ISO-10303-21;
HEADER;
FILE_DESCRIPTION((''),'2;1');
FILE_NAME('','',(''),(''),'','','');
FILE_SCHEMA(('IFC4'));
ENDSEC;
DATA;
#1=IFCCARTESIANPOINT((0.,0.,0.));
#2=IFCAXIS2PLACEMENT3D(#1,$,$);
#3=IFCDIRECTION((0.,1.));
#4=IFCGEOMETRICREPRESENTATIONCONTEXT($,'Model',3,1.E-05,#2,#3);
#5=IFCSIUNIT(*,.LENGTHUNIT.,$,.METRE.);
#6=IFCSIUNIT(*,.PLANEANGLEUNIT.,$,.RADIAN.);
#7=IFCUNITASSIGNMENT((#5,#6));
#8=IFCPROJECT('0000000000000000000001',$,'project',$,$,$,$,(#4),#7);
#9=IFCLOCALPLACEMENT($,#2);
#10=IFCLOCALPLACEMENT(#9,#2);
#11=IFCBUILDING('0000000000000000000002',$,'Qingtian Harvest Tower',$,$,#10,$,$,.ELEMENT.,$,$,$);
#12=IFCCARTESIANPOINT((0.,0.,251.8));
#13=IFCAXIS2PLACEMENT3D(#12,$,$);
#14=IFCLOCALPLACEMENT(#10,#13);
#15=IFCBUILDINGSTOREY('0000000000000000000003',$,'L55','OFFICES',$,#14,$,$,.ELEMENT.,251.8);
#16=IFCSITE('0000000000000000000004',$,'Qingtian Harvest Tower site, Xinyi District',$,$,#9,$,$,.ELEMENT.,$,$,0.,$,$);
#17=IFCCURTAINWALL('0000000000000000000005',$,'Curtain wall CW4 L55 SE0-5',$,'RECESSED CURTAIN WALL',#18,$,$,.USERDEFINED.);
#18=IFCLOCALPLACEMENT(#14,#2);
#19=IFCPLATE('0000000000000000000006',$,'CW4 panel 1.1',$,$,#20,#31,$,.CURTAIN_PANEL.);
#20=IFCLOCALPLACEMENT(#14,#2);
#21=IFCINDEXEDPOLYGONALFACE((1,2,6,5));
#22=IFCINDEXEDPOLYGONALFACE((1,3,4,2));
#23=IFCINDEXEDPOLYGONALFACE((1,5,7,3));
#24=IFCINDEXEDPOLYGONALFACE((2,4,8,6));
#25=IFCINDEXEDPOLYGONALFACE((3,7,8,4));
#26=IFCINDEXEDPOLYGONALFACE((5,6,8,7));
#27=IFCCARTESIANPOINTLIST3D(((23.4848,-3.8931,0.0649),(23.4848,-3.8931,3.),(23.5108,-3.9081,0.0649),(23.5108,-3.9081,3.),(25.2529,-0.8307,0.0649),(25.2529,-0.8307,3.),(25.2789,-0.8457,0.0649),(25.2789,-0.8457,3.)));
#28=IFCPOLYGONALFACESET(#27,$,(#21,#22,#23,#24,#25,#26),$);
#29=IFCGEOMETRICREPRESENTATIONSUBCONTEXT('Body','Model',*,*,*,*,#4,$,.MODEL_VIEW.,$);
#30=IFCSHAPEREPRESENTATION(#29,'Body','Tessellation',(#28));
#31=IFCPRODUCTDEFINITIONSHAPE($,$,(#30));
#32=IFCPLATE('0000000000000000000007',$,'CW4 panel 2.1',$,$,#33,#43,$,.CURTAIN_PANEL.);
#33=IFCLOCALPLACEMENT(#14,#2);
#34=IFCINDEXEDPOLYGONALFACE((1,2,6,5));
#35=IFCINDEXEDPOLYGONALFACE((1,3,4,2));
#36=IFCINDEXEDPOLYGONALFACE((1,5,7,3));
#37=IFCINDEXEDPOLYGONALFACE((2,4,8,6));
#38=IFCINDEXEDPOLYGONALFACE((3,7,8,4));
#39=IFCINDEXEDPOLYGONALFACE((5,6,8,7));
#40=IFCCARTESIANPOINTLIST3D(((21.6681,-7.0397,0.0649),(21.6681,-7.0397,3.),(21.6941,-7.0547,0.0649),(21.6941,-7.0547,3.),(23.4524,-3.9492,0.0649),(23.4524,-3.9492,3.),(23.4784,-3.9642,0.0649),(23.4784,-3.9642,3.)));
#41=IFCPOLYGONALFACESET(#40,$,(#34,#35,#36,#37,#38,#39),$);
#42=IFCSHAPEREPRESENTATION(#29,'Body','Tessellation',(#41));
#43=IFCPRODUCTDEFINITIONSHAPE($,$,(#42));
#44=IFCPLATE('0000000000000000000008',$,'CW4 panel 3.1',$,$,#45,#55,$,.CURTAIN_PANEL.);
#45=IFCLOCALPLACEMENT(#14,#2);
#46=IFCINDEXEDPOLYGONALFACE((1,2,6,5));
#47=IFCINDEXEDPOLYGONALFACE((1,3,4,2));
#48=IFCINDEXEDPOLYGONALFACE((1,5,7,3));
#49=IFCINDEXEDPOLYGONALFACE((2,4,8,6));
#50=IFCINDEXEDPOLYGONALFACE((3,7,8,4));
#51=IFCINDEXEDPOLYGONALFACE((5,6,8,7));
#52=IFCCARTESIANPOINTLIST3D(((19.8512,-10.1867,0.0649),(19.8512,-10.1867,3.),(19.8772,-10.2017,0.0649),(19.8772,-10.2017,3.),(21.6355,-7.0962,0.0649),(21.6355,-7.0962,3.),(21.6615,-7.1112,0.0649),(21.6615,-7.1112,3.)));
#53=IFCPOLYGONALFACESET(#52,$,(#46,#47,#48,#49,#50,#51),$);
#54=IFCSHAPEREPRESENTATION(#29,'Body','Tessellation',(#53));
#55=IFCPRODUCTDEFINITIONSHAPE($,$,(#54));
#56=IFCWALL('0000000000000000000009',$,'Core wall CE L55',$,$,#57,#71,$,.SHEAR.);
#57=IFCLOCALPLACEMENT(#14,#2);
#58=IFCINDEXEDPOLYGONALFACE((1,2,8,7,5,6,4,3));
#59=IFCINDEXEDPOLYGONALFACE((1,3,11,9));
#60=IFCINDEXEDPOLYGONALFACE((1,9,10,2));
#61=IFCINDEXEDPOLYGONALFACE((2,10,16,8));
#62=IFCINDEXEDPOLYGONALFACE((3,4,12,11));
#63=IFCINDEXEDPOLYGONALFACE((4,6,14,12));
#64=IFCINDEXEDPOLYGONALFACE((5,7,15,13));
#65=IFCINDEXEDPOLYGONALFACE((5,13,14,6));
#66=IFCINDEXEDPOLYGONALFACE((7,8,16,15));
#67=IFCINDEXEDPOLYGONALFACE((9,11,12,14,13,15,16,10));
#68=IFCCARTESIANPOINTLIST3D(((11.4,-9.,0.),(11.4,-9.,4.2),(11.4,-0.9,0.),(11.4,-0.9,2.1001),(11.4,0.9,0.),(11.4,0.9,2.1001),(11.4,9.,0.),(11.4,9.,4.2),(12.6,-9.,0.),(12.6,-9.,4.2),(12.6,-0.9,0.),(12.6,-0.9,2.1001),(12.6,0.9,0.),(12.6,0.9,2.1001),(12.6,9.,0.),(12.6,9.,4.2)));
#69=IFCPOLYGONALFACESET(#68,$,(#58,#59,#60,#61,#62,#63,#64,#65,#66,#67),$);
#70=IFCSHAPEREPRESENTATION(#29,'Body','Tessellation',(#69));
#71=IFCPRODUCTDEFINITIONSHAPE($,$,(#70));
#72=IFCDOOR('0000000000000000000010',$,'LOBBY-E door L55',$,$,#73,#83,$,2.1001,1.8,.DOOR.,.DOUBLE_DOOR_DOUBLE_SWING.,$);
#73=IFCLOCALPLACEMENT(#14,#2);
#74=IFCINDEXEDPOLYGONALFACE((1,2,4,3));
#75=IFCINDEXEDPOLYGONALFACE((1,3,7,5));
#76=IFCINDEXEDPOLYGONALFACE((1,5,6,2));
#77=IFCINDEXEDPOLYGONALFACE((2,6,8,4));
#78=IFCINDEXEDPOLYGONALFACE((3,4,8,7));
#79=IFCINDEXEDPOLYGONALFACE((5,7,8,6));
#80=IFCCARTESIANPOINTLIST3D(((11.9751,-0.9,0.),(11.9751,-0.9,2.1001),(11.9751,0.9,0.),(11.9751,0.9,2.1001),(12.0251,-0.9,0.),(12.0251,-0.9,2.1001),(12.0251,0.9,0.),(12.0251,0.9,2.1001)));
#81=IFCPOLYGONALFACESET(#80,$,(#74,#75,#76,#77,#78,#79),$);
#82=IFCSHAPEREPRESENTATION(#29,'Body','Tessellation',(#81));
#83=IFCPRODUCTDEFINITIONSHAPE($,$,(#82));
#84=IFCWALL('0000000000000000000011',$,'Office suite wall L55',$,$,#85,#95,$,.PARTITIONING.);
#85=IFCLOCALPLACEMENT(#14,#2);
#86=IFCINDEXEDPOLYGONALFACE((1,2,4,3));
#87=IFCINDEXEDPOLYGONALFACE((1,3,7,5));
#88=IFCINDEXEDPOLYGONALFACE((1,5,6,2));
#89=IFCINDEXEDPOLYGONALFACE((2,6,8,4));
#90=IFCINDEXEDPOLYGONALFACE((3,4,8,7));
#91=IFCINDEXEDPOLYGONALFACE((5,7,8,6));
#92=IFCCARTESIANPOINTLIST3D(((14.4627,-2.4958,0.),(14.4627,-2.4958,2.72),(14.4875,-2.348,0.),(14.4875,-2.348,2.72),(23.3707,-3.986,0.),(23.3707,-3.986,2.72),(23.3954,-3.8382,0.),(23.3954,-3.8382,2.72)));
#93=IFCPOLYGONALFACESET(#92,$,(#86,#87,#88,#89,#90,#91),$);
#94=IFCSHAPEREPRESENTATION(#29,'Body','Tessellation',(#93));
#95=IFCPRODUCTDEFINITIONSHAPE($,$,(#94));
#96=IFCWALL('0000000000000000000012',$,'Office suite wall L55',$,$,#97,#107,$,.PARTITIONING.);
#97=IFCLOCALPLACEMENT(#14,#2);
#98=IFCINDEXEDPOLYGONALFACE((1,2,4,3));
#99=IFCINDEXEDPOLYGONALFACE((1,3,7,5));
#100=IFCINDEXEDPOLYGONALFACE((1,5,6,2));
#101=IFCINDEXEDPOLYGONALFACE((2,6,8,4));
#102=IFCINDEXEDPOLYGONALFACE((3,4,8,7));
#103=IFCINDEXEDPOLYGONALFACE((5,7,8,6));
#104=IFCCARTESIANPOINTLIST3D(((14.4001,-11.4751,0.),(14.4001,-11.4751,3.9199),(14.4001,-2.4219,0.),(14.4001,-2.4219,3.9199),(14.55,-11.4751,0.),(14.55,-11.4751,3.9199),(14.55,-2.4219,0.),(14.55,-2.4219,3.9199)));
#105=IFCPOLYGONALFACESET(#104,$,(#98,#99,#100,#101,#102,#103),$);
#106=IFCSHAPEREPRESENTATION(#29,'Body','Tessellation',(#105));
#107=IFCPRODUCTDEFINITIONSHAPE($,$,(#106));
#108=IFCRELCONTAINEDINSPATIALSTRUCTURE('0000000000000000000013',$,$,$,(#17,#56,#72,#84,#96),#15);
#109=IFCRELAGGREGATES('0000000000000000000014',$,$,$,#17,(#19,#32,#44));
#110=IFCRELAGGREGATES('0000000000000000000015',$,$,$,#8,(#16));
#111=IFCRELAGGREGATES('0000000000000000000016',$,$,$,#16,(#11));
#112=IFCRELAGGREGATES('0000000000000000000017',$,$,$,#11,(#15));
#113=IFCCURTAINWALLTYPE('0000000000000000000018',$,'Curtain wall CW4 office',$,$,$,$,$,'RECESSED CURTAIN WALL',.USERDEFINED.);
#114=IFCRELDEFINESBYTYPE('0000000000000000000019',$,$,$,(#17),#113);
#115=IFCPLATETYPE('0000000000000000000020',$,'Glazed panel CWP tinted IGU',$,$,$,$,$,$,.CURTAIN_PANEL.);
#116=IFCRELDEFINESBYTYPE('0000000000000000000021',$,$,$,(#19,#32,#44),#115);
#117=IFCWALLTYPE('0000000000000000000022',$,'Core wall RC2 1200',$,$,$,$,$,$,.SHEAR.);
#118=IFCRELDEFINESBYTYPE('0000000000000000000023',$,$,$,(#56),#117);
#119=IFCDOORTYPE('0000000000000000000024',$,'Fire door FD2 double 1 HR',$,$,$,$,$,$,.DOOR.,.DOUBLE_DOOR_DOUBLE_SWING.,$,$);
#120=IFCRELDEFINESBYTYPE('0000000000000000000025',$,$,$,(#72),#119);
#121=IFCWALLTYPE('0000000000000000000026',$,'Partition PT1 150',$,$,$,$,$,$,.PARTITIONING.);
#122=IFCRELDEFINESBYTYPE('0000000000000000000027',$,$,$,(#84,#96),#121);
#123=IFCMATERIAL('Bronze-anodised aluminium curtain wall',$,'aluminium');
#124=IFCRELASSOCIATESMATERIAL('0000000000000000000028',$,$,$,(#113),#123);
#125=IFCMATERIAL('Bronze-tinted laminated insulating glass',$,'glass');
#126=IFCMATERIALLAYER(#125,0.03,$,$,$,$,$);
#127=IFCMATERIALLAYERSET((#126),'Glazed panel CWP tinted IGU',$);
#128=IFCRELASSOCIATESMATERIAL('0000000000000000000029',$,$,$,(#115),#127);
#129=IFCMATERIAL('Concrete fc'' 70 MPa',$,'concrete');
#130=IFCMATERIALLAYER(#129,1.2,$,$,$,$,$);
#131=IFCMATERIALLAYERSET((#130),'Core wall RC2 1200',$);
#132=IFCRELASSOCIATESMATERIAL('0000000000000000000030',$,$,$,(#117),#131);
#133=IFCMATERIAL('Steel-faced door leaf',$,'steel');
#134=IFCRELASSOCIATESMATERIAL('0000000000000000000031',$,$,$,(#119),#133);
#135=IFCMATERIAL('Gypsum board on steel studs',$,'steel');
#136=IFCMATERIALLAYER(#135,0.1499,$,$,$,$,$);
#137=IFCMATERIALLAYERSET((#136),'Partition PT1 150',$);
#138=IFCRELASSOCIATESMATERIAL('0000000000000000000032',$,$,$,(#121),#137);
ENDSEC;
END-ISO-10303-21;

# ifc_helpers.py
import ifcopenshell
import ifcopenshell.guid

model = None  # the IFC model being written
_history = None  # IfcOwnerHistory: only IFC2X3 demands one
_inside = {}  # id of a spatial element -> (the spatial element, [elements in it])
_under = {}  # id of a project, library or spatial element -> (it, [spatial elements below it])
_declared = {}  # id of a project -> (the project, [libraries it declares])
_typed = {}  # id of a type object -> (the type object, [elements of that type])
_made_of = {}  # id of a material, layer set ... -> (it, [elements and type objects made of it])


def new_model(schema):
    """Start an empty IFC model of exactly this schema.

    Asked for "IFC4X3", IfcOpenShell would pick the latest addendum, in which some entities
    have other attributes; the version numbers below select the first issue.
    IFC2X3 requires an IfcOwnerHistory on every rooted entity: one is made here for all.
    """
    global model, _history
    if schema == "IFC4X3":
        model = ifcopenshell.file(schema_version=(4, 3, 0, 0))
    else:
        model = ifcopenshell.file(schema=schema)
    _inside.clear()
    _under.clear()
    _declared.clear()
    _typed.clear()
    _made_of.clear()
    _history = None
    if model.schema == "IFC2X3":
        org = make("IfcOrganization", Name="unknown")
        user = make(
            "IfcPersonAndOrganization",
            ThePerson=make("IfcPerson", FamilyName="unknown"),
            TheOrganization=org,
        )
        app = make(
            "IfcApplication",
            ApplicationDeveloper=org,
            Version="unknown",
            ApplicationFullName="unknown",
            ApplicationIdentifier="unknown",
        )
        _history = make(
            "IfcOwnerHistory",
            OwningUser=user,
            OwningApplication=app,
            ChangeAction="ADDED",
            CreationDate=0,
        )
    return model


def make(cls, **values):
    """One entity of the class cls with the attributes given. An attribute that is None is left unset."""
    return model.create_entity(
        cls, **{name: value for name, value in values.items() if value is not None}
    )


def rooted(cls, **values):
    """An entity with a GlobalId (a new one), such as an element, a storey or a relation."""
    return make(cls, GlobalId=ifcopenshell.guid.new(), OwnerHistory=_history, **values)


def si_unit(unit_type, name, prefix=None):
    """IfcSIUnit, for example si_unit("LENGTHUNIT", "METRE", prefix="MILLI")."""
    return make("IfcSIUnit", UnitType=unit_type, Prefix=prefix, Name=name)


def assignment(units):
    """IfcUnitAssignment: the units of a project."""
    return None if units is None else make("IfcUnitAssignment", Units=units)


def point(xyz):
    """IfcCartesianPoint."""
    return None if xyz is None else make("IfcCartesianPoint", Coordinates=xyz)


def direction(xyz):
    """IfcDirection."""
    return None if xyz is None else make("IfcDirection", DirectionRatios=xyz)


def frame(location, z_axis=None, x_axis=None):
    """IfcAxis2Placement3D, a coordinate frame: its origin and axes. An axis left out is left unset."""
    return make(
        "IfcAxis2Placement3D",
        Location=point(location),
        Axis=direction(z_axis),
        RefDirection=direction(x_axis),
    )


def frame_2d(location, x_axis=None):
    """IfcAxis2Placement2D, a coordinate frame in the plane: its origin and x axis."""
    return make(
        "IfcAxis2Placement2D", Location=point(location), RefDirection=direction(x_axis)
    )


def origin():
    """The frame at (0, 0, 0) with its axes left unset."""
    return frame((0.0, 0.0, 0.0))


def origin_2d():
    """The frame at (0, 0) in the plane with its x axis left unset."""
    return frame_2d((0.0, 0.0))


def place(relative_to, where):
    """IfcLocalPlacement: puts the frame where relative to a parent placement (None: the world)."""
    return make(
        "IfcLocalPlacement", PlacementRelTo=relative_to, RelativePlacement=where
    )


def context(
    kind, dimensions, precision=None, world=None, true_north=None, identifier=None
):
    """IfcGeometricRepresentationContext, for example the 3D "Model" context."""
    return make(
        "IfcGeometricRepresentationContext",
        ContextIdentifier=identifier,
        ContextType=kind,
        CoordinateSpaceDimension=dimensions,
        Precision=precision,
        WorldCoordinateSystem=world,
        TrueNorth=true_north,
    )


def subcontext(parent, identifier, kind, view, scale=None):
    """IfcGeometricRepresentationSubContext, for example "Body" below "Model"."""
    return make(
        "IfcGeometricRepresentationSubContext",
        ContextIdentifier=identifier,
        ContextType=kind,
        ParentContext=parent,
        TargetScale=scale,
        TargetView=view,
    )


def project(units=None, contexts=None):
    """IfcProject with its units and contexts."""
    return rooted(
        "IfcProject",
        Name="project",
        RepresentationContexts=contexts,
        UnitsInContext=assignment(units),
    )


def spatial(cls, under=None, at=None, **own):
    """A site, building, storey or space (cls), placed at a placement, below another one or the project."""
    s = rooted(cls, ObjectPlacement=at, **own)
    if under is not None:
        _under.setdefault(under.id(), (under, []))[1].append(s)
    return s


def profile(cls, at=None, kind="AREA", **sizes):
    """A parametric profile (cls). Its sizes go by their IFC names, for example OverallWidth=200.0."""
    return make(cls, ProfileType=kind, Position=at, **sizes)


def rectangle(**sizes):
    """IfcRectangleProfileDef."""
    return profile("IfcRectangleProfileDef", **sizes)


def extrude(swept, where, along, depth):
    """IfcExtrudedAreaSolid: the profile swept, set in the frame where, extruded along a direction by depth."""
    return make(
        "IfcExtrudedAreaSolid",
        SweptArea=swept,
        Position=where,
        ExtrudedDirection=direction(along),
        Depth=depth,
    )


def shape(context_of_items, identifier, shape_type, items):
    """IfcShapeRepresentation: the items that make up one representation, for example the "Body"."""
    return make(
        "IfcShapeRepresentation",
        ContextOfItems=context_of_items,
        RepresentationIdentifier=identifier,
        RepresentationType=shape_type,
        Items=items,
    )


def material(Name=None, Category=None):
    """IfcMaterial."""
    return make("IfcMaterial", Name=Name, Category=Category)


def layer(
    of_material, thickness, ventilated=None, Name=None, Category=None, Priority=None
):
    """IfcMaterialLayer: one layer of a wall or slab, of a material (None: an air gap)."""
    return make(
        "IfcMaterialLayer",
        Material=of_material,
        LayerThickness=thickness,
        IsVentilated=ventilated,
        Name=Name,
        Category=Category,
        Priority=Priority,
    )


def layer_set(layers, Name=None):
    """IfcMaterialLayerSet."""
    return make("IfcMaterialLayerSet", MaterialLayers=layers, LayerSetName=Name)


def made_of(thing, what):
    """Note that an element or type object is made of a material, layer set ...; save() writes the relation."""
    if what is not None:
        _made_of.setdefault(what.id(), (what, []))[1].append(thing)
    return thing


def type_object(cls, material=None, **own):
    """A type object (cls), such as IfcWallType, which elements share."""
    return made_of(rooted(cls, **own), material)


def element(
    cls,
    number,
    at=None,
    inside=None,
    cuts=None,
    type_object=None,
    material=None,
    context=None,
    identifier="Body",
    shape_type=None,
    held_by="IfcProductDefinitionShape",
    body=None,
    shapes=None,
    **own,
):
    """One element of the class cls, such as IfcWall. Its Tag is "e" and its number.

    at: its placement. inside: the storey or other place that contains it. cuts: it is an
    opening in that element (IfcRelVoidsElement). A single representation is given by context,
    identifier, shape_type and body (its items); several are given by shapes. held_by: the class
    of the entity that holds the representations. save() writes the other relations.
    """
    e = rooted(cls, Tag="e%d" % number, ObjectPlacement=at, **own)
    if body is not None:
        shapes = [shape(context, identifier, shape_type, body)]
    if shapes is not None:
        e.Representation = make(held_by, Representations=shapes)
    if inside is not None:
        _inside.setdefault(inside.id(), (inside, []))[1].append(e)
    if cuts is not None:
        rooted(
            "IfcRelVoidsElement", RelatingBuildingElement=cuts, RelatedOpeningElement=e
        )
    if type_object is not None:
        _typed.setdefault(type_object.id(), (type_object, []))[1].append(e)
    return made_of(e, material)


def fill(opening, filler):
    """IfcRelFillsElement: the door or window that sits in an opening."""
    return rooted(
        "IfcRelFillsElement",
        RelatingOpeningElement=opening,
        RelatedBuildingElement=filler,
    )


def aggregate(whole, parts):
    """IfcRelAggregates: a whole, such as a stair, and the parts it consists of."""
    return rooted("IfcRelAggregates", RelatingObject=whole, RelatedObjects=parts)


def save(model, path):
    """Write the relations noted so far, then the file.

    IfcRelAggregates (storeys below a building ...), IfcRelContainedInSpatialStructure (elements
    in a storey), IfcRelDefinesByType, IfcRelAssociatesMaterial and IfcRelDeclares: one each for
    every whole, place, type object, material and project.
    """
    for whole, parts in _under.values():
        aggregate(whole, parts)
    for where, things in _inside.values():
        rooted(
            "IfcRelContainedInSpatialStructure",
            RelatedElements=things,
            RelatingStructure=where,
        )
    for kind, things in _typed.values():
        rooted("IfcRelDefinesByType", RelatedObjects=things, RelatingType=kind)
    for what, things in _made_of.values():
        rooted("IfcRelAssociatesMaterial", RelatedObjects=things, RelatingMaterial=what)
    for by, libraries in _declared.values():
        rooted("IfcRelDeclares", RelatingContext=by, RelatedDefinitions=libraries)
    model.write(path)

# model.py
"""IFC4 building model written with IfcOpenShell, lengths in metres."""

from ifc_helpers import new_model, si_unit, direction, frame, frame_2d, origin, origin_2d, place, context, subcontext, project, spatial, rectangle, extrude, material, layer, layer_set, type_object, element, fill, aggregate, save


model = new_model("IFC4")

# Units and contexts
model_context = context("Model", 3, precision=1e-05, world=origin(), true_north=direction((0.0, 1.0)))
body_context = subcontext(model_context, "Body", "Model", "MODEL_VIEW")
ifc_project = project(units=[si_unit("LENGTHUNIT", "METRE"), si_unit("PLANEANGLEUNIT", "RADIAN")], contexts=[model_context])

# Site, building, storey
site_placement = place(None, origin())
site = spatial("IfcSite", under=ifc_project, at=site_placement, Name="Qingtian Harvest Tower site, Xinyi District", CompositionType="ELEMENT", RefElevation=0.0)
building_placement = place(site_placement, origin())
building = spatial("IfcBuilding", under=site, at=building_placement, Name="Qingtian Harvest Tower", CompositionType="ELEMENT")
storey_placement = place(building_placement, frame((0.0, 0.0, 251.8)))
storey = spatial("IfcBuildingStorey", under=building, at=storey_placement, Name="L55", Description="OFFICES", CompositionType="ELEMENT", Elevation=251.8)

# Shared definitions
ifc_material_1 = material(Name="Bronze-anodised aluminium curtain wall", Category="aluminium")
curtain_wall_type = type_object("IfcCurtainWallType", Name="Curtain wall CW4 office", ElementType="RECESSED CURTAIN WALL", PredefinedType="USERDEFINED", material=ifc_material_1)

# Curtain wall
curtain_wall_1_placement = place(storey_placement, origin())
curtain_wall_1 = element("IfcCurtainWall", 1, at=curtain_wall_1_placement, inside=storey, type_object=curtain_wall_type, Name="Curtain wall CW4 L55 SE0-5", ObjectType="RECESSED CURTAIN WALL", PredefinedType="USERDEFINED")

# Plates
ifc_material_2 = material(Name="Bronze-tinted laminated insulating glass", Category="glass")
ifc_layer_1 = layer(ifc_material_2, 0.03)
ifc_layer_set_1 = layer_set([ifc_layer_1], Name="Glazed panel CWP tinted IGU")
plate_type = type_object("IfcPlateType", Name="Glazed panel CWP tinted IGU", PredefinedType="CURTAIN_PANEL", material=ifc_layer_set_1)
plate_1_placement = place(storey_placement, frame((24.3818, -2.3694, 0.0649), z_axis=(0.0, 0.0, 1.0), x_axis=(-0.5, -0.866025, 0.0)))
plate_1 = element("IfcPlate", 2, at=plate_1_placement, type_object=plate_type, Name="CW4 panel 1.1", PredefinedType="CURTAIN_PANEL", context=body_context, shape_type="SweptSolid", body=[
    extrude(rectangle(XDim=3.5361, YDim=0.03, at=origin_2d()), origin(), (0.0, 0.0, 1.0), 2.9351),
])
plate_2_placement = place(storey_placement, frame((22.5732, -5.502, 0.0649), z_axis=(0.0, 0.0, 1.0), x_axis=(-0.5, -0.866025, 0.0)))
plate_2 = element("IfcPlate", 3, at=plate_2_placement, type_object=plate_type, Name="CW4 panel 2.1", PredefinedType="CURTAIN_PANEL", context=body_context, shape_type="SweptSolid", body=[
    extrude(rectangle(XDim=3.5686, YDim=0.03, at=origin_2d()), origin(), (0.0, 0.0, 1.0), 2.9351),
])
plate_3_placement = place(storey_placement, frame((20.7563, -8.6489, 0.0649), z_axis=(0.0, 0.0, 1.0), x_axis=(-0.5, -0.866025, 0.0)))
plate_3 = element("IfcPlate", 4, at=plate_3_placement, type_object=plate_type, Name="CW4 panel 3.1", PredefinedType="CURTAIN_PANEL", context=body_context, shape_type="SweptSolid", body=[
    extrude(rectangle(XDim=3.5686, YDim=0.03, at=origin_2d()), origin(), (0.0, 0.0, 1.0), 2.9351),
])
aggregate(curtain_wall_1, [plate_1, plate_2, plate_3])

# Wall, opening, door
ifc_material_3 = material(Name="Concrete fc' 70 MPa", Category="concrete")
ifc_layer_2 = layer(ifc_material_3, 1.2)
ifc_layer_set_2 = layer_set([ifc_layer_2], Name="Core wall RC2 1200")
wall_type_1 = type_object("IfcWallType", Name="Core wall RC2 1200", PredefinedType="SHEAR", material=ifc_layer_set_2)
wall_1_placement = place(storey_placement, frame((12.0, -9.0, 0.0), z_axis=(0.0, 0.0, 1.0), x_axis=(0.0, 1.0, 0.0)))
wall_1 = element("IfcWall", 5, at=wall_1_placement, inside=storey, type_object=wall_type_1, Name="Core wall CE L55", PredefinedType="SHEAR", context=body_context, shape_type="SweptSolid", body=[
    extrude(rectangle(XDim=18.0, YDim=1.2, at=frame_2d((9.0, 0.0))), origin(), (0.0, 0.0, 1.0), 4.2),
])
opening_placement = place(wall_1_placement, frame((8.1001, 0.0, 0.0)))
opening = element("IfcOpeningElement", 6, at=opening_placement, cuts=wall_1, PredefinedType="OPENING", context=body_context, shape_type="SweptSolid", body=[
    extrude(rectangle(XDim=1.8, YDim=2.1001, at=frame_2d((0.8999, 1.05))), frame((0.0, 0.6099, 0.0), z_axis=(0.0, -1.0, 0.0), x_axis=(1.0, 0.0, 0.0)), (0.0, 0.0, 1.0), 1.22),
])
ifc_material_4 = material(Name="Steel-faced door leaf", Category="steel")
door_type = type_object("IfcDoorType", Name="Fire door FD2 double 1 HR", OperationType="DOUBLE_DOOR_DOUBLE_SWING", PredefinedType="DOOR", material=ifc_material_4)
door_placement = place(opening_placement, origin())
door = element("IfcDoor", 7, at=door_placement, inside=storey, type_object=door_type, Name="LOBBY-E door L55", OperationType="DOUBLE_DOOR_DOUBLE_SWING", OverallHeight=2.1001, OverallWidth=1.8, PredefinedType="DOOR", context=body_context, shape_type="SweptSolid", body=[
    extrude(rectangle(XDim=1.8, YDim=2.1001, at=frame_2d((0.8999, 1.05))), frame((0.0, 0.0249, 0.0), z_axis=(0.0, -1.0, 0.0), x_axis=(1.0, 0.0, 0.0)), (0.0, 0.0, 1.0), 0.05),
])
fill(opening, door)

# Walls
ifc_material_5 = material(Name="Gypsum board on steel studs", Category="steel")
ifc_layer_3 = layer(ifc_material_5, 0.1499)
ifc_layer_set_3 = layer_set([ifc_layer_3], Name="Partition PT1 150")
wall_type_2 = type_object("IfcWallType", Name="Partition PT1 150", PredefinedType="PARTITIONING", material=ifc_layer_set_3)
wall_2_placement = place(storey_placement, frame((23.3831, -3.9121, 0.0), z_axis=(0.0, 0.0, 1.0), x_axis=(-0.986294, 0.164999, 0.0)))
element("IfcWall", 8, at=wall_2_placement, inside=storey, type_object=wall_type_2, Name="Office suite wall L55", PredefinedType="PARTITIONING", context=body_context, shape_type="SweptSolid", body=[
    extrude(rectangle(XDim=9.0317, YDim=0.1499, at=frame_2d((4.5159, 0.0))), origin(), (0.0, 0.0, 1.0), 2.72),
])
wall_3_placement = place(storey_placement, frame((14.4751, -2.4219, 0.0), z_axis=(0.0, 0.0, 1.0), x_axis=(0.0, -1.0, 0.0)))
element("IfcWall", 9, at=wall_3_placement, inside=storey, type_object=wall_type_2, Name="Office suite wall L55", PredefinedType="PARTITIONING", context=body_context, shape_type="SweptSolid", body=[
    extrude(rectangle(XDim=9.0532, YDim=0.1499, at=frame_2d((4.5266, 0.0))), origin(), (0.0, 0.0, 1.0), 3.9199),
])

save(model, "model.ifc")
